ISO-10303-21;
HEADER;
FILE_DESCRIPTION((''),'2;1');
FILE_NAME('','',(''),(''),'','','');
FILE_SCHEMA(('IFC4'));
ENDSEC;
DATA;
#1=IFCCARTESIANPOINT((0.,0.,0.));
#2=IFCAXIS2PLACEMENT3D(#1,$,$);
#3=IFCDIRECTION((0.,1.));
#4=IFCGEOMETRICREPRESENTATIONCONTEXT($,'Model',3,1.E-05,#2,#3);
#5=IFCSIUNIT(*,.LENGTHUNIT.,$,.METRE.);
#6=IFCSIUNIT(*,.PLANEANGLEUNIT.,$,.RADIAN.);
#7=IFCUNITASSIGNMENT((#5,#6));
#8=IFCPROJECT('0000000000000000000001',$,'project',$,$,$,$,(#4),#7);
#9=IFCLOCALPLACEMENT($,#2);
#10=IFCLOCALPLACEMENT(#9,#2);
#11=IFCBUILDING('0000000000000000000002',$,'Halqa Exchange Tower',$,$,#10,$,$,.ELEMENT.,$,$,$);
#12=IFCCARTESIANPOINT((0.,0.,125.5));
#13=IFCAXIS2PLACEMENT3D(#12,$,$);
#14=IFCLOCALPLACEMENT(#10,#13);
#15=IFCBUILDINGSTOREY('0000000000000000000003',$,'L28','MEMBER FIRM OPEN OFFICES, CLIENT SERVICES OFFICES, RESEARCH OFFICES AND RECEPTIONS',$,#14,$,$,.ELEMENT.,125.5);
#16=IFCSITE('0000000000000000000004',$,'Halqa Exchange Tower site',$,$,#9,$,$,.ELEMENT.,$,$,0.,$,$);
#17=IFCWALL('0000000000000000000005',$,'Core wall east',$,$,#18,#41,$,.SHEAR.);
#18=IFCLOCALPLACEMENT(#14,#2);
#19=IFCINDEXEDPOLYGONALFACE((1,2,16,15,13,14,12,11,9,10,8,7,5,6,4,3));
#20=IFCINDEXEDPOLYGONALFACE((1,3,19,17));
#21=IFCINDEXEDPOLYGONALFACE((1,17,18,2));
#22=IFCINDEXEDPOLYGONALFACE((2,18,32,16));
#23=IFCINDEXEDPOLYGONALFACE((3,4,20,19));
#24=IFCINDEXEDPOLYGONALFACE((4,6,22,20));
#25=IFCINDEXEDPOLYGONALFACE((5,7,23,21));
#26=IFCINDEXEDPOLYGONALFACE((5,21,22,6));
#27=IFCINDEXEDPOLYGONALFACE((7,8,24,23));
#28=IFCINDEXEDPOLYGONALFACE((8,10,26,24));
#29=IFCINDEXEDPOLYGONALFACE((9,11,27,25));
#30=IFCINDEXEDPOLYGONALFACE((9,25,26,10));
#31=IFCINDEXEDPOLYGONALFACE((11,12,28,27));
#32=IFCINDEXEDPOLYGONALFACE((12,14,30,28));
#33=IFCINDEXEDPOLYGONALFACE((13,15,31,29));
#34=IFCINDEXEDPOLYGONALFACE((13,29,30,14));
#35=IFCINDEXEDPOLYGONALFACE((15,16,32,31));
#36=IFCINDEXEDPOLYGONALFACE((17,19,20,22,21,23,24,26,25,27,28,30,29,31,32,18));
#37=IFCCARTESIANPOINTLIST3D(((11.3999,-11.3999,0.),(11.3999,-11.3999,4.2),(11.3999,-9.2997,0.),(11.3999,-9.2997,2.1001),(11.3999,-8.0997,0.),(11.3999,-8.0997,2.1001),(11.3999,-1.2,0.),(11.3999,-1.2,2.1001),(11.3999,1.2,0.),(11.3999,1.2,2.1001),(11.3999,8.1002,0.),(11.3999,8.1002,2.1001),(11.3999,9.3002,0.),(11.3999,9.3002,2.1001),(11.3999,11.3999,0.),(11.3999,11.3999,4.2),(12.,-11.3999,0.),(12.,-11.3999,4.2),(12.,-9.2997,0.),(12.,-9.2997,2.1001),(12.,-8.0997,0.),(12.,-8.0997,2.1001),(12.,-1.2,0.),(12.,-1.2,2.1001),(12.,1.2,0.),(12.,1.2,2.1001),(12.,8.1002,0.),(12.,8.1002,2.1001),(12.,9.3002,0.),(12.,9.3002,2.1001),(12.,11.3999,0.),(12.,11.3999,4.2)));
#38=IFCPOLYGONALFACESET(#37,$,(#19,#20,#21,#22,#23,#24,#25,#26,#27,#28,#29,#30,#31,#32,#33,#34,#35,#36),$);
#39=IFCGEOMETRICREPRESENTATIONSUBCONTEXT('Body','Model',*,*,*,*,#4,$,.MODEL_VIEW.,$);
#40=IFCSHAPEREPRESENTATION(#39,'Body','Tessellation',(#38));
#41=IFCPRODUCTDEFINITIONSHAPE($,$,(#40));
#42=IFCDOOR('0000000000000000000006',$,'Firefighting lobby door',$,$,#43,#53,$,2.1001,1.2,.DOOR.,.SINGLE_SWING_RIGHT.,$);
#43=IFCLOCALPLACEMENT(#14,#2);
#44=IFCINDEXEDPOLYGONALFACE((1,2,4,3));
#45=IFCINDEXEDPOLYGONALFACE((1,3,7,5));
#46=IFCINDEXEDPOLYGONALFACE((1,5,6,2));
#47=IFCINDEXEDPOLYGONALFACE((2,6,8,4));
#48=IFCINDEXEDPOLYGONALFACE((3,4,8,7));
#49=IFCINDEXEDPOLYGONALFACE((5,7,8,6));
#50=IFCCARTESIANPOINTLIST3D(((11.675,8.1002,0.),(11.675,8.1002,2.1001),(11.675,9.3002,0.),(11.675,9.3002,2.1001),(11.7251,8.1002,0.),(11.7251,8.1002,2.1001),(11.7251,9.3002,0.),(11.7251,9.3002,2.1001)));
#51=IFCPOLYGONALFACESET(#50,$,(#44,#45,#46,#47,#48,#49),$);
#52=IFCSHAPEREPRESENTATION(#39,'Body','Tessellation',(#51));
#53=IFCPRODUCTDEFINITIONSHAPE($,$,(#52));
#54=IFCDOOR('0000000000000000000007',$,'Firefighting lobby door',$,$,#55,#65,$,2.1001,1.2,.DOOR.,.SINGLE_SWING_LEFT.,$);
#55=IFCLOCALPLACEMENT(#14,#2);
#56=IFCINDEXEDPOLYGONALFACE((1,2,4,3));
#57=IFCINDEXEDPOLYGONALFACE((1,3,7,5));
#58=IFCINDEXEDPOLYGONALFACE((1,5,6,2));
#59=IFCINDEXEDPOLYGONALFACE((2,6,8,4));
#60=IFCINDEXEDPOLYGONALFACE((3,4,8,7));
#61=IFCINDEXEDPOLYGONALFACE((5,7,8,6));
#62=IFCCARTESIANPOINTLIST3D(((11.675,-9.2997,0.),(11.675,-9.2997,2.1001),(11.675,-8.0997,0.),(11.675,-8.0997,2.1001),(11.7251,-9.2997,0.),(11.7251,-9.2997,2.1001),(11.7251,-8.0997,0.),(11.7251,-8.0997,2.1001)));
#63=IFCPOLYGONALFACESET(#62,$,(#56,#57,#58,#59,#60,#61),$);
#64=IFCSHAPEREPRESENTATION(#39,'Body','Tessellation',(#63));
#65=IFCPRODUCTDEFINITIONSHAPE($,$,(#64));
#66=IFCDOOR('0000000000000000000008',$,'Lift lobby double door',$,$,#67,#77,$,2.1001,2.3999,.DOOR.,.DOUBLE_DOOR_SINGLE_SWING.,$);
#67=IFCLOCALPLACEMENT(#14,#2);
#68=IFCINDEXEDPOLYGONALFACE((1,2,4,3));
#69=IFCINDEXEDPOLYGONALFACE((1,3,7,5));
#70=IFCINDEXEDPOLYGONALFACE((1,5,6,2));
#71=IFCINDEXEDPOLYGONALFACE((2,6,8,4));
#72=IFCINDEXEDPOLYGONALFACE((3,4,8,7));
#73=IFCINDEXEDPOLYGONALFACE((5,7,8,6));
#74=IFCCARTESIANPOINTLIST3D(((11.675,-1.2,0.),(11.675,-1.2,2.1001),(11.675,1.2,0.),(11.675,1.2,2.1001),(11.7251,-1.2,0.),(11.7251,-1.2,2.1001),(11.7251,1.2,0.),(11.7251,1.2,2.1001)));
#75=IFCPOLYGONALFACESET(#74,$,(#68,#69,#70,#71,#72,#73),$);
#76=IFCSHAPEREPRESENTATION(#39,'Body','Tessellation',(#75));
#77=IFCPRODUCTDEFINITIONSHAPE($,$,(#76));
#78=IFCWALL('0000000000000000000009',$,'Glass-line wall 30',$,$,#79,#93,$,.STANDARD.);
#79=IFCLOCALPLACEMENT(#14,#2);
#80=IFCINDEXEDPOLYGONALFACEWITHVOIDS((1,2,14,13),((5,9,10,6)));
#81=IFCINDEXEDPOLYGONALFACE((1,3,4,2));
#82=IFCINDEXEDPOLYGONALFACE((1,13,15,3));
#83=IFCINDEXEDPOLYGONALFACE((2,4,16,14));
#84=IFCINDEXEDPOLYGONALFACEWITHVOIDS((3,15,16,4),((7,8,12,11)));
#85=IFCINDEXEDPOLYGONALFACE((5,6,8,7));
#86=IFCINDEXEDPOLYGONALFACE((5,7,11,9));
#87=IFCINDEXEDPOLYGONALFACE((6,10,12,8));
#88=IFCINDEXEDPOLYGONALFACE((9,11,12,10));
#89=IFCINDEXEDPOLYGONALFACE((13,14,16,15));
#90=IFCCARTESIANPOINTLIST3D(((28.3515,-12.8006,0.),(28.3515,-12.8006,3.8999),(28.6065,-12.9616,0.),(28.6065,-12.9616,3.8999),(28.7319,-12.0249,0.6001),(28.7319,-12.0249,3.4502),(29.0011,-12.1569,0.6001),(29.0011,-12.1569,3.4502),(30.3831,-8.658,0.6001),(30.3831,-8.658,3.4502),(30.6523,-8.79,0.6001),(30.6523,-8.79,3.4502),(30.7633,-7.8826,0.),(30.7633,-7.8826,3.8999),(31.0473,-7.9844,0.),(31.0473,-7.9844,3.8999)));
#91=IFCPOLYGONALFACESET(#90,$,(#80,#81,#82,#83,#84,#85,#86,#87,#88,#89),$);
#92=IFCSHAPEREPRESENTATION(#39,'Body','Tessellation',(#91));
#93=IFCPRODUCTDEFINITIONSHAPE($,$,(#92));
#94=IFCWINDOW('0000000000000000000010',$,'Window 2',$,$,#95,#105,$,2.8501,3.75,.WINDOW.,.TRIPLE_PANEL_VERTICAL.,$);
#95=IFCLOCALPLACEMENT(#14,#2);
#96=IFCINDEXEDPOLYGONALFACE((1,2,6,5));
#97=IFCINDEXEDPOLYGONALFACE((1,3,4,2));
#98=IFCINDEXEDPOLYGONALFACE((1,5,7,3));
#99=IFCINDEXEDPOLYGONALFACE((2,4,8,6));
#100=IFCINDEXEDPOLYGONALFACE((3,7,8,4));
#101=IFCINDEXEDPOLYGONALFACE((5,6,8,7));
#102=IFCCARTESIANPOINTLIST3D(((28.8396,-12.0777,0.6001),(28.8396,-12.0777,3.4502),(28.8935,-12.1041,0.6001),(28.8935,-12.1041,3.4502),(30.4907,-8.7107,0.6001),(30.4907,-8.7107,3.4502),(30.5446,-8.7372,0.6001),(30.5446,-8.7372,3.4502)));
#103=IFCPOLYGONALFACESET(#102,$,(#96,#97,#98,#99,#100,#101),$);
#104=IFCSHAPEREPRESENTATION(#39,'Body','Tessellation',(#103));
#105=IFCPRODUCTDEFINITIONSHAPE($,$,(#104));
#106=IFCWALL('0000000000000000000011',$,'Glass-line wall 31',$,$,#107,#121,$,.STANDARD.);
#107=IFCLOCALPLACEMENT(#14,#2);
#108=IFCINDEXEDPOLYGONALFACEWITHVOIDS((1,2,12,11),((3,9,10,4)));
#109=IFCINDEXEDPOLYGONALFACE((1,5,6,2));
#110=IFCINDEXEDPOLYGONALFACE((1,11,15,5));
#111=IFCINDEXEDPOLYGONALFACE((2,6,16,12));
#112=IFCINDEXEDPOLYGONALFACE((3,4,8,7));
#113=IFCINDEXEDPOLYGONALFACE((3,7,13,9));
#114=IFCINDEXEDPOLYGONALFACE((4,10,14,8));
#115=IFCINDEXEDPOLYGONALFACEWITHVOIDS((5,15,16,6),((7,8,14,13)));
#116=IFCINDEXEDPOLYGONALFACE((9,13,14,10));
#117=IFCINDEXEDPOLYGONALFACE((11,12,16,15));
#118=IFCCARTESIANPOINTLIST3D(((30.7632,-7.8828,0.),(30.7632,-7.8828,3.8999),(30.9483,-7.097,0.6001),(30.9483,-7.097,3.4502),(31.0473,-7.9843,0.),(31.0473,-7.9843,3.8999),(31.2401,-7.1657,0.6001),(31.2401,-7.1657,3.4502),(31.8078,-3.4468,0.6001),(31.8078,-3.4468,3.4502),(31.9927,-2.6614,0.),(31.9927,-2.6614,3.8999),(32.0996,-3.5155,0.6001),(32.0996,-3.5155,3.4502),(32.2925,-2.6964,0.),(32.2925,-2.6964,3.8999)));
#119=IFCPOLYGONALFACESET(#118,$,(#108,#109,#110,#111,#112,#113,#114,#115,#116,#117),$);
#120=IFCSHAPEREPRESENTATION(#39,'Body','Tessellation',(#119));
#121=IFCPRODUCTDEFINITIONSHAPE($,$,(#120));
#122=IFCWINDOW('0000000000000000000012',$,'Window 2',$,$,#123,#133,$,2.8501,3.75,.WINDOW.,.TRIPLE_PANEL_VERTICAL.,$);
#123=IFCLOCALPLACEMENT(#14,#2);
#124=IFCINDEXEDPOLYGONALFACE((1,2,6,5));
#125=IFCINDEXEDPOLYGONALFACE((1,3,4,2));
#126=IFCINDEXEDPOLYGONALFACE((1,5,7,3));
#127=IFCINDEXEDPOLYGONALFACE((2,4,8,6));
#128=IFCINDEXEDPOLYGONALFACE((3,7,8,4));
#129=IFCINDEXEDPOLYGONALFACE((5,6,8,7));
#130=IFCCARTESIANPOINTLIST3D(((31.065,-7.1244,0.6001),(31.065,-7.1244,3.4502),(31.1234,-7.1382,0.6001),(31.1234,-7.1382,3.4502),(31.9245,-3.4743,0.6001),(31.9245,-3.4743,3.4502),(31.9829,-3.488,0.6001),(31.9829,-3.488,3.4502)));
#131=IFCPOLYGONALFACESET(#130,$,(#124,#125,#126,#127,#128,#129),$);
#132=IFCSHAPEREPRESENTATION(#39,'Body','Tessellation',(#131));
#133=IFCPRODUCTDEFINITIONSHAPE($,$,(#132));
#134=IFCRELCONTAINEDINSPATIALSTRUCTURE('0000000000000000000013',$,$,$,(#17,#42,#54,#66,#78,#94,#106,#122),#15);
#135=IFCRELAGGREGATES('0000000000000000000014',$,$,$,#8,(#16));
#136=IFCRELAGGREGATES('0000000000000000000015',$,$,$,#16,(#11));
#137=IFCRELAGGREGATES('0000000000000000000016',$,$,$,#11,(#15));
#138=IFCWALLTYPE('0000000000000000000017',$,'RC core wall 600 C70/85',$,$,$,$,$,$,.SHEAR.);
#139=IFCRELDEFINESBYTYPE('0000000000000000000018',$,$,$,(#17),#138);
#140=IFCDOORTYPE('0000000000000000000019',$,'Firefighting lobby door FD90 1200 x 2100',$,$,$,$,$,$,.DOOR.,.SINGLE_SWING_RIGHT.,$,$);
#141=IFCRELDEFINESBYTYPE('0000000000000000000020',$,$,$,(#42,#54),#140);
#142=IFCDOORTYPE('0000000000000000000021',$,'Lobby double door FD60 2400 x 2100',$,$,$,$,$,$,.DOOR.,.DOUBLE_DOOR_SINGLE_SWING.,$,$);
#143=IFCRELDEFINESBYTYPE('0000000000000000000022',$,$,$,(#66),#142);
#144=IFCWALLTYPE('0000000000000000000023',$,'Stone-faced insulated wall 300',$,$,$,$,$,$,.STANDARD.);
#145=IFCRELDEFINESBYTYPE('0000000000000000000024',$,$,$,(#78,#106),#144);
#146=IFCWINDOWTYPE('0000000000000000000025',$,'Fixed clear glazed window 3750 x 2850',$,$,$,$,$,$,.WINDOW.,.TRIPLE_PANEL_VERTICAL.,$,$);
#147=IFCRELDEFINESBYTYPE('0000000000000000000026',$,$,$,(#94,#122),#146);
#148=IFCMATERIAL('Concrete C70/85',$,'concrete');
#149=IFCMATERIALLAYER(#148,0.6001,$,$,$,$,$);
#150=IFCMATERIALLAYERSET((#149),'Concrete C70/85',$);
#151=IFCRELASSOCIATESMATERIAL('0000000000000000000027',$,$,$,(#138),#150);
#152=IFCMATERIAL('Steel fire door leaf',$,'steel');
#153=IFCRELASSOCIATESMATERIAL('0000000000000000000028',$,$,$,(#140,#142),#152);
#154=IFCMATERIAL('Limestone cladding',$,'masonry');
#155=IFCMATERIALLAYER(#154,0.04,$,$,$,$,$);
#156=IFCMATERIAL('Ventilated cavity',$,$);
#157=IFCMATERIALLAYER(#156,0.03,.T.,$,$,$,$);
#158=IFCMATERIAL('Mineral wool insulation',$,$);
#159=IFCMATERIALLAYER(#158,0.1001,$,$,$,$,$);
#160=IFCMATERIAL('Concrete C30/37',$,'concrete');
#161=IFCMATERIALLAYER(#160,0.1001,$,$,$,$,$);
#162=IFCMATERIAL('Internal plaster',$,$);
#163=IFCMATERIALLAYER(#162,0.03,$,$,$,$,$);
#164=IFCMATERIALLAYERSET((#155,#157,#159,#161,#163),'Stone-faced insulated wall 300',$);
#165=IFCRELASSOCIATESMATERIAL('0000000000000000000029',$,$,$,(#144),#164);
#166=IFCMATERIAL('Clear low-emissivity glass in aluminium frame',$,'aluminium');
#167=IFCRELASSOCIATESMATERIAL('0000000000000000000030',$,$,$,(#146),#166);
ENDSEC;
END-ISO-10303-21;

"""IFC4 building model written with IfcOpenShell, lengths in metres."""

from ifc_helpers import new_model, si_unit, direction, frame, frame_2d, origin, place, context, subcontext, project, spatial, polyline, rectangle, outline, extrude, material, layer, layer_set, type_object, element, fill, save


model = new_model("IFC4")

# Units and contexts
model_context = context("Model", 3, precision=1e-05, world=origin(), true_north=direction((0.0, 1.0)))
body_context = subcontext(model_context, "Body", "Model", "MODEL_VIEW")
ifc_project = project(units=[si_unit("LENGTHUNIT", "METRE"), si_unit("PLANEANGLEUNIT", "RADIAN")], contexts=[model_context])

# Site, building, storey
site_placement = place(None, origin())
site = spatial("IfcSite", under=ifc_project, at=site_placement, Name="Halqa Exchange Tower site", CompositionType="ELEMENT", RefElevation=0.0)
building_placement = place(site_placement, origin())
building = spatial("IfcBuilding", under=site, at=building_placement, Name="Halqa Exchange Tower", CompositionType="ELEMENT")
storey_placement = place(building_placement, frame((0.0, 0.0, 125.5)))
storey = spatial("IfcBuildingStorey", under=building, at=storey_placement, Name="L28", Description="MEMBER FIRM OPEN OFFICES, CLIENT SERVICES OFFICES, RESEARCH OFFICES AND RECEPTIONS", CompositionType="ELEMENT", Elevation=125.5)

# Shared definitions
ifc_material_1 = material(Name="Concrete C70/85", Category="concrete")

# Wall, openings, doors
ifc_layer_1 = layer(ifc_material_1, 0.6001)
ifc_layer_set_1 = layer_set([ifc_layer_1], Name="Concrete C70/85")
wall_type_1 = type_object("IfcWallType", Name="RC core wall 600 C70/85", PredefinedType="SHEAR", material=ifc_layer_set_1)
wall_1_placement = place(storey_placement, frame((11.7, -11.3999, 0.0), z_axis=(0.0, 0.0, 1.0), x_axis=(0.0, 1.0, 0.0)))
wall_1 = element("IfcWall", 1, at=wall_1_placement, inside=storey, type_object=wall_type_1, Name="Core wall east", PredefinedType="SHEAR", context=body_context, shape_type="SweptSolid", body=[
    extrude(rectangle(XDim=22.7998, YDim=0.6001, at=frame_2d((11.3999, 0.0))), origin(), (0.0, 0.0, 1.0), 4.2),
])
opening_1_placement = place(wall_1_placement, frame((10.2, 0.0, 0.0)))
opening_1 = element("IfcOpeningElement", 2, at=opening_1_placement, cuts=wall_1, PredefinedType="OPENING", context=body_context, shape_type="SweptSolid", body=[
    extrude(rectangle(XDim=2.3999, YDim=2.1001, at=frame_2d((1.2, 1.05))), frame((0.0, 0.312, 0.0), z_axis=(0.0, -1.0, 0.0), x_axis=(1.0, 0.0, 0.0)), (0.0, 0.0, 1.0), 0.624),
])
opening_2_placement = place(wall_1_placement, frame((19.5, 0.0, 0.0)))
opening_2 = element("IfcOpeningElement", 3, at=opening_2_placement, cuts=wall_1, PredefinedType="OPENING", context=body_context, shape_type="SweptSolid", body=[
    extrude(rectangle(XDim=1.2, YDim=2.1001, at=frame_2d((0.6001, 1.05))), frame((0.0, 0.312, 0.0), z_axis=(0.0, -1.0, 0.0), x_axis=(1.0, 0.0, 0.0)), (0.0, 0.0, 1.0), 0.624),
])
opening_3_placement = place(wall_1_placement, frame((2.1001, 0.0, 0.0)))
opening_3 = element("IfcOpeningElement", 4, at=opening_3_placement, cuts=wall_1, PredefinedType="OPENING", context=body_context, shape_type="SweptSolid", body=[
    extrude(rectangle(XDim=1.2, YDim=2.1001, at=frame_2d((0.6001, 1.05))), frame((0.0, 0.312, 0.0), z_axis=(0.0, -1.0, 0.0), x_axis=(1.0, 0.0, 0.0)), (0.0, 0.0, 1.0), 0.624),
])
ifc_material_2 = material(Name="Steel fire door leaf", Category="steel")
door_type_1 = type_object("IfcDoorType", Name="Firefighting lobby door FD90 1200 x 2100", OperationType="SINGLE_SWING_RIGHT", PredefinedType="DOOR", material=ifc_material_2)
door_1_placement = place(opening_2_placement, origin())
door_1 = element("IfcDoor", 5, at=door_1_placement, inside=storey, type_object=door_type_1, Name="Firefighting lobby door", OperationType="SINGLE_SWING_RIGHT", OverallHeight=2.1001, OverallWidth=1.2, PredefinedType="DOOR", context=body_context, shape_type="SweptSolid", body=[
    extrude(rectangle(XDim=1.2, YDim=2.1001, at=frame_2d((0.6001, 1.05))), frame((0.0, 0.0249, 0.0), z_axis=(0.0, -1.0, 0.0), x_axis=(1.0, 0.0, 0.0)), (0.0, 0.0, 1.0), 0.05),
])
fill(opening_2, door_1)
door_2_placement = place(opening_3_placement, origin())
door_2 = element("IfcDoor", 6, at=door_2_placement, inside=storey, type_object=door_type_1, Name="Firefighting lobby door", OperationType="SINGLE_SWING_LEFT", OverallHeight=2.1001, OverallWidth=1.2, PredefinedType="DOOR", context=body_context, shape_type="SweptSolid", body=[
    extrude(rectangle(XDim=1.2, YDim=2.1001, at=frame_2d((0.6001, 1.05))), frame((0.0, 0.0249, 0.0), z_axis=(0.0, -1.0, 0.0), x_axis=(1.0, 0.0, 0.0)), (0.0, 0.0, 1.0), 0.05),
])
fill(opening_3, door_2)
door_type_2 = type_object("IfcDoorType", Name="Lobby double door FD60 2400 x 2100", OperationType="DOUBLE_DOOR_SINGLE_SWING", PredefinedType="DOOR", material=ifc_material_2)
door_3_placement = place(opening_1_placement, origin())
door_3 = element("IfcDoor", 7, at=door_3_placement, inside=storey, type_object=door_type_2, Name="Lift lobby double door", OperationType="DOUBLE_DOOR_SINGLE_SWING", OverallHeight=2.1001, OverallWidth=2.3999, PredefinedType="DOOR", context=body_context, shape_type="SweptSolid", body=[
    extrude(rectangle(XDim=2.3999, YDim=2.1001, at=frame_2d((1.2, 1.05))), frame((0.0, 0.0249, 0.0), z_axis=(0.0, -1.0, 0.0), x_axis=(1.0, 0.0, 0.0)), (0.0, 0.0, 1.0), 0.05),
])
fill(opening_1, door_3)

# Walls, openings, windows
ifc_material_3 = material(Name="Limestone cladding", Category="masonry")
ifc_layer_2 = layer(ifc_material_3, 0.04)
ifc_material_4 = material(Name="Ventilated cavity")
ifc_layer_3 = layer(ifc_material_4, 0.03, ventilated=True)
ifc_material_5 = material(Name="Mineral wool insulation")
ifc_layer_4 = layer(ifc_material_5, 0.1001)
ifc_material_6 = material(Name="Concrete C30/37", Category="concrete")
ifc_layer_5 = layer(ifc_material_6, 0.1001)
ifc_material_7 = material(Name="Internal plaster")
ifc_layer_6 = layer(ifc_material_7, 0.03)
ifc_layer_set_2 = layer_set([ifc_layer_2, ifc_layer_3, ifc_layer_4, ifc_layer_5, ifc_layer_6], Name="Stone-faced insulated wall 300")
wall_type_2 = type_object("IfcWallType", Name="Stone-faced insulated wall 300", PredefinedType="STANDARD", material=ifc_layer_set_2)
wall_2_placement = place(storey_placement, frame((28.479, -12.8811, 0.0), z_axis=(0.0, 0.0, 1.0), x_axis=(0.440306, 0.897848, 0.0)))
wall_2 = element("IfcWall", 8, at=wall_2_placement, inside=storey, type_object=wall_type_2, Name="Glass-line wall 30", PredefinedType="STANDARD", context=body_context, shape_type="SweptSolid", body=[
    extrude(outline(polyline([(-0.0161, -0.1499), (5.5273, -0.1499), (5.4937, 0.1499), (0.0161, 0.1499), (-0.0161, -0.1499)])), origin(), (0.0, 0.0, 1.0), 3.8999),
])
opening_4_placement = place(wall_2_placement, frame((0.8801, 0.0, 0.6001)))
opening_4 = element("IfcOpeningElement", 9, at=opening_4_placement, cuts=wall_2, PredefinedType="OPENING", context=body_context, shape_type="SweptSolid", body=[
    extrude(rectangle(XDim=3.75, YDim=2.8501, at=frame_2d((1.875, 1.425))), frame((0.0, 0.1621, 0.0), z_axis=(0.0, -1.0, 0.0), x_axis=(1.0, 0.0, 0.0)), (0.0, 0.0, 1.0), 0.324),
])
ifc_material_8 = material(Name="Clear low-emissivity glass in aluminium frame", Category="aluminium")
window_type = type_object("IfcWindowType", Name="Fixed clear glazed window 3750 x 2850", PartitioningType="TRIPLE_PANEL_VERTICAL", PredefinedType="WINDOW", material=ifc_material_8)
window_1_placement = place(opening_4_placement, origin())
window_1 = element("IfcWindow", 10, at=window_1_placement, inside=storey, type_object=window_type, Name="Window 2", OverallHeight=2.8501, OverallWidth=3.75, PartitioningType="TRIPLE_PANEL_VERTICAL", PredefinedType="WINDOW", context=body_context, shape_type="SweptSolid", body=[
    extrude(rectangle(XDim=3.75, YDim=2.8501, at=frame_2d((1.875, 1.425))), frame((0.0, 0.03, 0.0), z_axis=(0.0, -1.0, 0.0), x_axis=(1.0, 0.0, 0.0)), (0.0, 0.0, 1.0), 0.0601),
])
fill(opening_4, window_1)
wall_3_placement = place(storey_placement, frame((30.9053, -7.9336, 0.0), z_axis=(0.0, 0.0, 1.0), x_axis=(0.229201, 0.973379, 0.0)))
wall_3 = element("IfcWall", 11, at=wall_3_placement, inside=storey, type_object=wall_type_2, Name="Glass-line wall 31", PredefinedType="STANDARD", context=body_context, shape_type="SweptSolid", body=[
    extrude(outline(polyline([(-0.0168, -0.1499), (5.4158, -0.1499), (5.3811, 0.1499), (0.0168, 0.1499), (-0.0168, -0.1499)])), origin(), (0.0, 0.0, 1.0), 3.8999),
])
opening_5_placement = place(wall_3_placement, frame((0.8242, 0.0, 0.6001)))
opening_5 = element("IfcOpeningElement", 12, at=opening_5_placement, cuts=wall_3, PredefinedType="OPENING", context=body_context, shape_type="SweptSolid", body=[
    extrude(rectangle(XDim=3.75, YDim=2.8501, at=frame_2d((1.875, 1.425))), frame((0.0, 0.1621, 0.0), z_axis=(0.0, -1.0, 0.0), x_axis=(1.0, 0.0, 0.0)), (0.0, 0.0, 1.0), 0.324),
])
window_2_placement = place(opening_5_placement, origin())
window_2 = element("IfcWindow", 13, at=window_2_placement, inside=storey, type_object=window_type, Name="Window 2", OverallHeight=2.8501, OverallWidth=3.75, PartitioningType="TRIPLE_PANEL_VERTICAL", PredefinedType="WINDOW", context=body_context, shape_type="SweptSolid", body=[
    extrude(rectangle(XDim=3.75, YDim=2.8501, at=frame_2d((1.875, 1.425))), frame((0.0, 0.03, 0.0), z_axis=(0.0, -1.0, 0.0), x_axis=(1.0, 0.0, 0.0)), (0.0, 0.0, 1.0), 0.0601),
])
fill(opening_5, window_2)

save(model, "model.ifc")
